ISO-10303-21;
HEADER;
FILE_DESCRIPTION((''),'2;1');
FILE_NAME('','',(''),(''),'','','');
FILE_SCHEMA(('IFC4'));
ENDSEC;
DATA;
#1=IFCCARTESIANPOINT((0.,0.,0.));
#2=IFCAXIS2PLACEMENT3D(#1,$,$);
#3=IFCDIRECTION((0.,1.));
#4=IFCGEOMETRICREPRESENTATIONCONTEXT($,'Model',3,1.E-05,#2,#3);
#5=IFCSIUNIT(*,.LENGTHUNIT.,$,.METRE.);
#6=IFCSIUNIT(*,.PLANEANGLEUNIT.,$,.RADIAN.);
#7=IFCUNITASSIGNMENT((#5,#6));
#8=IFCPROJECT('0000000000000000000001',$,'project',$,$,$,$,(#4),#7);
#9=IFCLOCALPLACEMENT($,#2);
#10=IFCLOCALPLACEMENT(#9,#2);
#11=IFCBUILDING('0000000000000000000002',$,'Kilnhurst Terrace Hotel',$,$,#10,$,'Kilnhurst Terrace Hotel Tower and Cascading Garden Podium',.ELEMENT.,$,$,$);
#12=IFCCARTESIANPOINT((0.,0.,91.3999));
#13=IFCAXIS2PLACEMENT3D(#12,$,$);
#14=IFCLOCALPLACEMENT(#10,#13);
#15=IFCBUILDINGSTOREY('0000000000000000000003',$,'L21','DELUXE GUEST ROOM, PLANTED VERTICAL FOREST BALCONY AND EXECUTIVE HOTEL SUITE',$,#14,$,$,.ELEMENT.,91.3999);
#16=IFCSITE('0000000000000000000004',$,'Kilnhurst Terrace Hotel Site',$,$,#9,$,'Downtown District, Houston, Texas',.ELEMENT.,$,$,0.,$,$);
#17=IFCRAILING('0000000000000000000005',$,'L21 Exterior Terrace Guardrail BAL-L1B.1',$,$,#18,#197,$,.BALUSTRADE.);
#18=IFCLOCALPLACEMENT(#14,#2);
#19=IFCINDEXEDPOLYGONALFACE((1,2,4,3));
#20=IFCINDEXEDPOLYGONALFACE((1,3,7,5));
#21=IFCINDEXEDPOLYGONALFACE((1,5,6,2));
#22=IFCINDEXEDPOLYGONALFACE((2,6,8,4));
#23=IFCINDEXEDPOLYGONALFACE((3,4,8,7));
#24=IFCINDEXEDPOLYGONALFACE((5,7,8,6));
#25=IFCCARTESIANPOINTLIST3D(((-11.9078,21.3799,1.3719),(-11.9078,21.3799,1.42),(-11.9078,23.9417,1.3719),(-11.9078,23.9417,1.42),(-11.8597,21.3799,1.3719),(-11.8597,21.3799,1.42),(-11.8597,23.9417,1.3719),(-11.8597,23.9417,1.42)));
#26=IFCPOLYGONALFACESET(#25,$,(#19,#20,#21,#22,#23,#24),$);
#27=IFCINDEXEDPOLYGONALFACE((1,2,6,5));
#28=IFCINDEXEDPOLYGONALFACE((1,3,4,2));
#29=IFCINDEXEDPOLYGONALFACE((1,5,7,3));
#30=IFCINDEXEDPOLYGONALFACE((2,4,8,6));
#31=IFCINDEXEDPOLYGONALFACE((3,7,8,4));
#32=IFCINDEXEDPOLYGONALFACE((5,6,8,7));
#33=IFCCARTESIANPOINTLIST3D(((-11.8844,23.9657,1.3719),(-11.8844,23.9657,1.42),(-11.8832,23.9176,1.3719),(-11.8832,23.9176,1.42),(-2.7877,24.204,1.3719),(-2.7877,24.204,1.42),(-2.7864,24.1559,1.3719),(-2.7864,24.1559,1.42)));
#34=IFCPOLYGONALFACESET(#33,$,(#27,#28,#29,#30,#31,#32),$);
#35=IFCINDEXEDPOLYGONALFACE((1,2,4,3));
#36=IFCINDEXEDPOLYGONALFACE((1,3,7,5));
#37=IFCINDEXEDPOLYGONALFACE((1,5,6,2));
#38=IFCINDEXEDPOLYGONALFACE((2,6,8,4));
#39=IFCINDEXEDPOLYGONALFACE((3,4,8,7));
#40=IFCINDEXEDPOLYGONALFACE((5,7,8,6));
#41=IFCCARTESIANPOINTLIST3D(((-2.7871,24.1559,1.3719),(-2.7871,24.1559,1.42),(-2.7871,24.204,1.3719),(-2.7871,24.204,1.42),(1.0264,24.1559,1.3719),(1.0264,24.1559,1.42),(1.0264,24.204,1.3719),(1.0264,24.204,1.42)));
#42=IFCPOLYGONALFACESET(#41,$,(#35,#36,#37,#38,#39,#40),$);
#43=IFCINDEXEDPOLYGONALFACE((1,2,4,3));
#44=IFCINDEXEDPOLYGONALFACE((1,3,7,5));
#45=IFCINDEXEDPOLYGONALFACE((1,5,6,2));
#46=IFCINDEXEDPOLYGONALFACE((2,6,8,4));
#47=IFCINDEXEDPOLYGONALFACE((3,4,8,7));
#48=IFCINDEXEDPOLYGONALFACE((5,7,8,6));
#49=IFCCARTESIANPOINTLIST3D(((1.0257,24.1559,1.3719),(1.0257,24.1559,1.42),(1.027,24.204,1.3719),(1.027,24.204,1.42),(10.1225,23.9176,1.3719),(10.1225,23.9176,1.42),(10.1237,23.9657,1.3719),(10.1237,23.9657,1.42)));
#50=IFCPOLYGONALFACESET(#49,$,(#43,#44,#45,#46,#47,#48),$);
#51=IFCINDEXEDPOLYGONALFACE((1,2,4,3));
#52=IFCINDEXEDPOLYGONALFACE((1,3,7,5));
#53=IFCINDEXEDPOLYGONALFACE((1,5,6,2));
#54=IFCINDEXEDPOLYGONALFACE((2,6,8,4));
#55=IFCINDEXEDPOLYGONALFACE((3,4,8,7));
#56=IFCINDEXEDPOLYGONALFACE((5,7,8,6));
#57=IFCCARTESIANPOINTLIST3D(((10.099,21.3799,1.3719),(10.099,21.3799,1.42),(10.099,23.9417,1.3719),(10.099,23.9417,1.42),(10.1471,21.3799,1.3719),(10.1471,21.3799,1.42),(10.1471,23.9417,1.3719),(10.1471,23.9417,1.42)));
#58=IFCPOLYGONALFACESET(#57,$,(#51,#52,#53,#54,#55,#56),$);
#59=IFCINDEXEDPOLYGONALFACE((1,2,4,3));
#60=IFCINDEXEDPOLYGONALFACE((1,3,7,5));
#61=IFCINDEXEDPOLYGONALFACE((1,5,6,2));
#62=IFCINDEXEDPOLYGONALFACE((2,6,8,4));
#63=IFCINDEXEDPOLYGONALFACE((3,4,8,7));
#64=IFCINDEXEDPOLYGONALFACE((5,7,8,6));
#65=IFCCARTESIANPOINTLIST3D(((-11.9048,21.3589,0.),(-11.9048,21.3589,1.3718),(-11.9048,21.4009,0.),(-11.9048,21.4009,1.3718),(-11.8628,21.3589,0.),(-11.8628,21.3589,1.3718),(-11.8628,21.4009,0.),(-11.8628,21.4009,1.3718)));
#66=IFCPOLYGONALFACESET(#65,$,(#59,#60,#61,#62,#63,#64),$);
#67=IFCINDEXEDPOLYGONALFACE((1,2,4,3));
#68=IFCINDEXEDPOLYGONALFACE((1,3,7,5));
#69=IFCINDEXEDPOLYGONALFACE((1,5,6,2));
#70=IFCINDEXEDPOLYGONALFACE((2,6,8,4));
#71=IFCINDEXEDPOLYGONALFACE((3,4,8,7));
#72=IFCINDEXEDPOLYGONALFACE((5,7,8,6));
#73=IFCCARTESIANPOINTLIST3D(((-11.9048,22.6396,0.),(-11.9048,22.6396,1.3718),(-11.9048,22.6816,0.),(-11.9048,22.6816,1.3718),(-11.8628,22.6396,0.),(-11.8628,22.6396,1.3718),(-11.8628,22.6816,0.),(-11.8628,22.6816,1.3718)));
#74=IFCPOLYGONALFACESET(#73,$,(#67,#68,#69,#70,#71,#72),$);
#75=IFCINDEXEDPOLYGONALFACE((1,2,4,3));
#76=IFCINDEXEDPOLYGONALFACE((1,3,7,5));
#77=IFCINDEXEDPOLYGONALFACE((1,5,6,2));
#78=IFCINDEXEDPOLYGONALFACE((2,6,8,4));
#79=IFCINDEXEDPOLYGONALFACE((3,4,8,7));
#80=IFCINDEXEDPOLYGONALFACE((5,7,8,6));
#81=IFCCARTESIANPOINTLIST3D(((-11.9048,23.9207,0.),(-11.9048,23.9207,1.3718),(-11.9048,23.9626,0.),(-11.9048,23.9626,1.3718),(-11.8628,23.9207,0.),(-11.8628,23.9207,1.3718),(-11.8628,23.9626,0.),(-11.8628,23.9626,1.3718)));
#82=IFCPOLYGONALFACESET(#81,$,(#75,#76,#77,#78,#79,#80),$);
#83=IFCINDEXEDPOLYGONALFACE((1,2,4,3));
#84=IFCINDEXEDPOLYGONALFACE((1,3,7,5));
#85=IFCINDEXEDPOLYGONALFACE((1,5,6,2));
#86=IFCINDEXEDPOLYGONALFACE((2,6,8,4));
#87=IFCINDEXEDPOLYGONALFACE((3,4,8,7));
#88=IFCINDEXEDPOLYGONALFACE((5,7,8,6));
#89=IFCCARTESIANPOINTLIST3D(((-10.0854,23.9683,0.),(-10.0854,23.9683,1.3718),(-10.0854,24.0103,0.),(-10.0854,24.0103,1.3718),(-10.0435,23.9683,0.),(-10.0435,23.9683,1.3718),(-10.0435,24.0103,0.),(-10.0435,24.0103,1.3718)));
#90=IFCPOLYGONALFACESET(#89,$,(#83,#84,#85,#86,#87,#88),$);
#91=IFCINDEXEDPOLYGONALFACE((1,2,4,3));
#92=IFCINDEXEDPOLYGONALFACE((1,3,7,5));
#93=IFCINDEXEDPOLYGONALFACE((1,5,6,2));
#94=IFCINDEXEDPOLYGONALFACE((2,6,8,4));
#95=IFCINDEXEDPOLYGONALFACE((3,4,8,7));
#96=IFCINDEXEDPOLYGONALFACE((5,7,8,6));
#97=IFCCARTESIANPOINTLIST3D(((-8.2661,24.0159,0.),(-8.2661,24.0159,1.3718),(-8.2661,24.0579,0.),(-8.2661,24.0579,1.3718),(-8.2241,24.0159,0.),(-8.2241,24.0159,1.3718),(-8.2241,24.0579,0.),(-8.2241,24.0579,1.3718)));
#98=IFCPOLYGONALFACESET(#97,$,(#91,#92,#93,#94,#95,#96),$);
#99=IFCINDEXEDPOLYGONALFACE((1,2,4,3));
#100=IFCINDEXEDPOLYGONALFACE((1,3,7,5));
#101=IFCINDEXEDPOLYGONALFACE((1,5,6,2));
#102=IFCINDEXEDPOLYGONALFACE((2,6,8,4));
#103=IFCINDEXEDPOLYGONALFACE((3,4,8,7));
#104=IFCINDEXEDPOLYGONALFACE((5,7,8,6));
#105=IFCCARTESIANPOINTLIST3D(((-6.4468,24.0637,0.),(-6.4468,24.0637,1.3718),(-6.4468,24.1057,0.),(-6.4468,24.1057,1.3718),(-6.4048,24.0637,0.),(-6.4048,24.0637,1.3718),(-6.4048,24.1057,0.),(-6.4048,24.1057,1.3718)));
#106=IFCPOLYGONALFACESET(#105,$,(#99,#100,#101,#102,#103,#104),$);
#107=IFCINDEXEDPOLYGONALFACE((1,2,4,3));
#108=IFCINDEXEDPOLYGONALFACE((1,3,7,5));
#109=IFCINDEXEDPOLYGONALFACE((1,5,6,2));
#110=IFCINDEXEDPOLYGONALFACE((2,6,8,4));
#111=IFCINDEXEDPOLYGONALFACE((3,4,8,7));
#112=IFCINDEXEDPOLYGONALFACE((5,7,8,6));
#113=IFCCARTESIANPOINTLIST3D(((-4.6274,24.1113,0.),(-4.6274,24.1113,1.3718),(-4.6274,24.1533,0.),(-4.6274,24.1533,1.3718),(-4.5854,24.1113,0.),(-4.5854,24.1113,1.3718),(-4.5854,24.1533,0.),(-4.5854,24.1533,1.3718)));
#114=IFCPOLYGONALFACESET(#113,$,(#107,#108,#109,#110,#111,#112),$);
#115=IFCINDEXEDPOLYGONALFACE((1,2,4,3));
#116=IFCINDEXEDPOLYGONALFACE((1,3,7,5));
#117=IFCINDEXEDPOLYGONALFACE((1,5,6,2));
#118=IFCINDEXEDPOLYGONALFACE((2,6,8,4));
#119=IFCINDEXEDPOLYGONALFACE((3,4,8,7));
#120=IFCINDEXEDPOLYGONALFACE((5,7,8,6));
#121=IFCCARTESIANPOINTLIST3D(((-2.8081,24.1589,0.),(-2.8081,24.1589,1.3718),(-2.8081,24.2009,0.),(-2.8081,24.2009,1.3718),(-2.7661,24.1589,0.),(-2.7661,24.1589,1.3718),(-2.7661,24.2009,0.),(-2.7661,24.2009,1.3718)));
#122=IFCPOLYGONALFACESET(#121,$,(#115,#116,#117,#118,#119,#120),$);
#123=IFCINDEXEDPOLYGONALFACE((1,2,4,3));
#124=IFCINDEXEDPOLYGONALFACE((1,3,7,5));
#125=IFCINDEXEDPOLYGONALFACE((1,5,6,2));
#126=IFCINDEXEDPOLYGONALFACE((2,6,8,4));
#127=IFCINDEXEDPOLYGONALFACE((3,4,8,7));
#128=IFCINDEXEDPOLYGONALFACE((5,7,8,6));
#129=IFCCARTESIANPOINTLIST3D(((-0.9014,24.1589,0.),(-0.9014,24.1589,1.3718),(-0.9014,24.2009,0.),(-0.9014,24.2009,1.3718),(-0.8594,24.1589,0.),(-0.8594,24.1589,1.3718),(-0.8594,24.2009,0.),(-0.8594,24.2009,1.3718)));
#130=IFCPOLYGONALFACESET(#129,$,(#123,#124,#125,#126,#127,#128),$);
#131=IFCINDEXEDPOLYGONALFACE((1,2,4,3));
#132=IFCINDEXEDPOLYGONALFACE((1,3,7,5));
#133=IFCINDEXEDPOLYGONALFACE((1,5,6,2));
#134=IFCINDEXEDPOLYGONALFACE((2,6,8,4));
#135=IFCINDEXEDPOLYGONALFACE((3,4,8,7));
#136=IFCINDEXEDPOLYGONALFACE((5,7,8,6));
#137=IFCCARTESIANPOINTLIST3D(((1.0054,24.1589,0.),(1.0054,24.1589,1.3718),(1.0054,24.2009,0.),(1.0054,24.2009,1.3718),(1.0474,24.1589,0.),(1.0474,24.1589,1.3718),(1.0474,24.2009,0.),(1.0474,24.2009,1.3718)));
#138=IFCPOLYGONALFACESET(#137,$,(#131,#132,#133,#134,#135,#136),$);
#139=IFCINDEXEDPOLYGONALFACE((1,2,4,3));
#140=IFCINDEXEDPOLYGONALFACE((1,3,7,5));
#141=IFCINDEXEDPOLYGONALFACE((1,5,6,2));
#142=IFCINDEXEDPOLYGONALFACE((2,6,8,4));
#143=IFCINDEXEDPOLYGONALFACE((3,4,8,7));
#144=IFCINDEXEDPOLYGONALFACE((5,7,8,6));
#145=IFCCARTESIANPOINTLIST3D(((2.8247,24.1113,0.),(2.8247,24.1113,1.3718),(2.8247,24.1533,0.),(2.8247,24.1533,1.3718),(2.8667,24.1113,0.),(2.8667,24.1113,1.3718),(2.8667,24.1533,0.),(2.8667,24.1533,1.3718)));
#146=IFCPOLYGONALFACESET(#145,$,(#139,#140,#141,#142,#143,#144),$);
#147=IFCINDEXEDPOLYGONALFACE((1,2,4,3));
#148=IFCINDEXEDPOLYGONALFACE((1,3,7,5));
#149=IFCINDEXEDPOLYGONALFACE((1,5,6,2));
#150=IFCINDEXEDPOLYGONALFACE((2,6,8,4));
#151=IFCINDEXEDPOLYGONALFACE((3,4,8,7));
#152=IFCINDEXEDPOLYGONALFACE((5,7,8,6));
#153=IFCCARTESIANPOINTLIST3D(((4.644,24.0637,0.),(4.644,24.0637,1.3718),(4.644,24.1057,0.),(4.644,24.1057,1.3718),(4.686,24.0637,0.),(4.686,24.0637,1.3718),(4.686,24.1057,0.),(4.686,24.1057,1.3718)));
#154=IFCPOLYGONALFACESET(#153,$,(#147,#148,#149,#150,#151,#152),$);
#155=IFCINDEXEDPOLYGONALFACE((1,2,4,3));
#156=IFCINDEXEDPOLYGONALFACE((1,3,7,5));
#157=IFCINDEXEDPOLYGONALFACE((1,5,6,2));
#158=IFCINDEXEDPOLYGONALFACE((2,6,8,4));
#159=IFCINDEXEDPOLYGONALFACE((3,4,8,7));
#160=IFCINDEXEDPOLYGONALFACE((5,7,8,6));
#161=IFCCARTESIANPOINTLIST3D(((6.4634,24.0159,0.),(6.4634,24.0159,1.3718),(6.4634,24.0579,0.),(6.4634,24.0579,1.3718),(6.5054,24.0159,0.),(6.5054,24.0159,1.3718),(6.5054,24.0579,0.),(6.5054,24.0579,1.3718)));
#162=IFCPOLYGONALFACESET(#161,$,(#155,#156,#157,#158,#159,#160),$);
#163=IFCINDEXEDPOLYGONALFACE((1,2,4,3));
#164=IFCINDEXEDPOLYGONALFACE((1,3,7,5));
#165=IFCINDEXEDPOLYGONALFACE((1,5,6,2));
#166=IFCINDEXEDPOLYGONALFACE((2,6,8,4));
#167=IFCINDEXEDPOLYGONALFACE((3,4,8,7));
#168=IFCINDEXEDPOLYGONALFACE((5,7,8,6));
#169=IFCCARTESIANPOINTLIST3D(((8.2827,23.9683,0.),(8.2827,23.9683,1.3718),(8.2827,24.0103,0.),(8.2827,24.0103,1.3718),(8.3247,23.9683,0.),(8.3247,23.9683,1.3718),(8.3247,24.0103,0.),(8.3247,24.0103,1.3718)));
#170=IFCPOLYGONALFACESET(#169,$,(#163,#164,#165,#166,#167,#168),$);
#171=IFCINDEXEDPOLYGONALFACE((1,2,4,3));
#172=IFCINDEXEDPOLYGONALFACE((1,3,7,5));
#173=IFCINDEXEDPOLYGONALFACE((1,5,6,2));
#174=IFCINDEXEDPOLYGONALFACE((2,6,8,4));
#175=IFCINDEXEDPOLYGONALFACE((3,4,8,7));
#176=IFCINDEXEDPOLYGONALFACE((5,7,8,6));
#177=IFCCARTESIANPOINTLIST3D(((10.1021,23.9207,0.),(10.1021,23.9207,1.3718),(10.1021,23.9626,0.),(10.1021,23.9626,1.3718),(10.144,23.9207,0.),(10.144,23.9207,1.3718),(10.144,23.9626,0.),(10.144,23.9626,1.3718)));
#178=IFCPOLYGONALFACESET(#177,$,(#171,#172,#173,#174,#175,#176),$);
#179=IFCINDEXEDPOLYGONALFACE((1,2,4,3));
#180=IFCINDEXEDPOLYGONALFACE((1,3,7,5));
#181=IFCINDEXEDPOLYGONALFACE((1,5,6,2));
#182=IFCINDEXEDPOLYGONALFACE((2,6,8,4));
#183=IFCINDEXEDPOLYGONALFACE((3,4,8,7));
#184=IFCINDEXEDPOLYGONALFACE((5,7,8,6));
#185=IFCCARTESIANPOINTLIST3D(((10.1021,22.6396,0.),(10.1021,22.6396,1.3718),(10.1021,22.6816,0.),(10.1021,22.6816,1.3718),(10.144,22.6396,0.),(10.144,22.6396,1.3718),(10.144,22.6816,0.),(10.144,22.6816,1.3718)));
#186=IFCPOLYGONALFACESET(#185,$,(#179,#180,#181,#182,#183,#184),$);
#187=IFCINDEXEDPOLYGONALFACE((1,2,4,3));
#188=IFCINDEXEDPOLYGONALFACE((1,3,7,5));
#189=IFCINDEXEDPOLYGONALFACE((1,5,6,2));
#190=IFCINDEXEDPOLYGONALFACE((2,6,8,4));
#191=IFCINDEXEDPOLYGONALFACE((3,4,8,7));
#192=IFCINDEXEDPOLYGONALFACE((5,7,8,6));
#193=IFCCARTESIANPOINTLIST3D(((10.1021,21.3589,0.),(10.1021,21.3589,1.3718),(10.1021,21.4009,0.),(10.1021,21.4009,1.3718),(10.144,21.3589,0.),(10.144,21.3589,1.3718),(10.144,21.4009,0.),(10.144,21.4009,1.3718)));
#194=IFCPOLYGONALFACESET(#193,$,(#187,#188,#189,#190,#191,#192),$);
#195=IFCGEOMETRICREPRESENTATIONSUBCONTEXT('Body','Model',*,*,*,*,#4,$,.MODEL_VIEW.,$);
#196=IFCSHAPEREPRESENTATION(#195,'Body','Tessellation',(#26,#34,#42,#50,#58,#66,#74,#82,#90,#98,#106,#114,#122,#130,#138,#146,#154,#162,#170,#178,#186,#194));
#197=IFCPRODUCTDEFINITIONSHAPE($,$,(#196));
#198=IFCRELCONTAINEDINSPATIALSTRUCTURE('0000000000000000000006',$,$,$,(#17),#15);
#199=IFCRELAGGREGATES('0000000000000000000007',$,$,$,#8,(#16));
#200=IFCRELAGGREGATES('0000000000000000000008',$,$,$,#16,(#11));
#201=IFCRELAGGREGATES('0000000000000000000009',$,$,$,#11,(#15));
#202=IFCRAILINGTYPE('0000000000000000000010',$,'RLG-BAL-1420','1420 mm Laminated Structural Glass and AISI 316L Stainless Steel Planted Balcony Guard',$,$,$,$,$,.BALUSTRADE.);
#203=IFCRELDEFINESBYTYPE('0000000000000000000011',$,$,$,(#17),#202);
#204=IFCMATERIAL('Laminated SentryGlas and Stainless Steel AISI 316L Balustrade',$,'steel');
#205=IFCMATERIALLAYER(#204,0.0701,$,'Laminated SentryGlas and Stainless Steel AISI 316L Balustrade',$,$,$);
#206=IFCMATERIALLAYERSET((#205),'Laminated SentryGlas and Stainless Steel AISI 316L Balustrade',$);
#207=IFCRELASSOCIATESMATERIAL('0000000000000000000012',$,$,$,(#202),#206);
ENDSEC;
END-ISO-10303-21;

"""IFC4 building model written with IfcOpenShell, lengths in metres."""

from ifc_helpers import new_model, si_unit, direction, frame, origin, origin_2d, place, context, subcontext, project, spatial, rectangle, extrude, material, layer, layer_set, type_object, element, save


model = new_model("IFC4")

# Units and contexts
model_context = context("Model", 3, precision=1e-05, world=origin(), true_north=direction((0.0, 1.0)))
body_context = subcontext(model_context, "Body", "Model", "MODEL_VIEW")
ifc_project = project(units=[si_unit("LENGTHUNIT", "METRE"), si_unit("PLANEANGLEUNIT", "RADIAN")], contexts=[model_context])

# Site, building, storey
site_placement = place(None, origin())
site = spatial("IfcSite", under=ifc_project, at=site_placement, Name="Kilnhurst Terrace Hotel Site", LongName="Downtown District, Houston, Texas", CompositionType="ELEMENT", RefElevation=0.0)
building_placement = place(site_placement, origin())
building = spatial("IfcBuilding", under=site, at=building_placement, Name="Kilnhurst Terrace Hotel", LongName="Kilnhurst Terrace Hotel Tower and Cascading Garden Podium", CompositionType="ELEMENT")
storey_placement = place(building_placement, frame((0.0, 0.0, 91.3999)))
storey = spatial("IfcBuildingStorey", under=building, at=storey_placement, Name="L21", Description="DELUXE GUEST ROOM, PLANTED VERTICAL FOREST BALCONY AND EXECUTIVE HOTEL SUITE", CompositionType="ELEMENT", Elevation=91.3999)

# Railing
ifc_material_1 = material(Name="Laminated SentryGlas and Stainless Steel AISI 316L Balustrade", Category="steel")
ifc_layer_1 = layer(ifc_material_1, 0.0701, Name="Laminated SentryGlas and Stainless Steel AISI 316L Balustrade")
ifc_layer_set_1 = layer_set([ifc_layer_1], Name="Laminated SentryGlas and Stainless Steel AISI 316L Balustrade")
railing_type = type_object("IfcRailingType", Name="RLG-BAL-1420", Description="1420 mm Laminated Structural Glass and AISI 316L Stainless Steel Planted Balcony Guard", PredefinedType="BALUSTRADE", material=ifc_layer_set_1)
railing_placement = place(storey_placement, frame((-11.8838, 21.3799, 0.0)))
element("IfcRailing", 1, at=railing_placement, inside=storey, type_object=railing_type, Name="L21 Exterior Terrace Guardrail BAL-L1B.1", PredefinedType="BALUSTRADE", context=body_context, shape_type="SweptSolid", body=[
    extrude(rectangle(XDim=0.0481, YDim=0.0481, at=origin_2d()), frame((0.0, 0.0, 1.396), z_axis=(0.0, 1.0, 0.0), x_axis=(-1.0, 0.0, 0.0)), (0.0, 0.0, 1.0), 2.5618),
    extrude(rectangle(XDim=0.0481, YDim=0.0481, at=origin_2d()), frame((0.0, 2.5618, 1.396), z_axis=(0.999657, 0.026185, 0.0), x_axis=(-0.026185, 0.999657, 0.0)), (0.0, 0.0, 1.0), 9.0999),
    extrude(rectangle(XDim=0.0481, YDim=0.0481, at=origin_2d()), frame((9.0967, 2.8, 1.396), z_axis=(1.0, 0.0, 0.0), x_axis=(0.0, 1.0, 0.0)), (0.0, 0.0, 1.0), 3.8135),
    extrude(rectangle(XDim=0.0481, YDim=0.0481, at=origin_2d()), frame((12.9102, 2.8, 1.396), z_axis=(0.999657, -0.026185, 0.0), x_axis=(0.026185, 0.999657, 0.0)), (0.0, 0.0, 1.0), 9.0999),
    extrude(rectangle(XDim=0.0481, YDim=0.0481, at=origin_2d()), frame((22.0068, 2.5618, 1.396), z_axis=(0.0, -1.0, 0.0), x_axis=(1.0, 0.0, 0.0)), (0.0, 0.0, 1.0), 2.5618),
    extrude(rectangle(XDim=0.042, YDim=0.042, at=origin_2d()), origin(), (0.0, 0.0, 1.0), 1.3718),
    extrude(rectangle(XDim=0.042, YDim=0.042, at=origin_2d()), frame((0.0, 1.2808, 0.0)), (0.0, 0.0, 1.0), 1.3718),
    extrude(rectangle(XDim=0.042, YDim=0.042, at=origin_2d()), frame((0.0, 2.5618, 0.0)), (0.0, 0.0, 1.0), 1.3718),
    extrude(rectangle(XDim=0.042, YDim=0.042, at=origin_2d()), frame((1.8193, 2.6094, 0.0)), (0.0, 0.0, 1.0), 1.3718),
    extrude(rectangle(XDim=0.042, YDim=0.042, at=origin_2d()), frame((3.6387, 2.657, 0.0)), (0.0, 0.0, 1.0), 1.3718),
    extrude(rectangle(XDim=0.042, YDim=0.042, at=origin_2d()), frame((5.458, 2.7048, 0.0)), (0.0, 0.0, 1.0), 1.3718),
    extrude(rectangle(XDim=0.042, YDim=0.042, at=origin_2d()), frame((7.2773, 2.7524, 0.0)), (0.0, 0.0, 1.0), 1.3718),
    extrude(rectangle(XDim=0.042, YDim=0.042, at=origin_2d()), frame((9.0967, 2.8, 0.0)), (0.0, 0.0, 1.0), 1.3718),
    extrude(rectangle(XDim=0.042, YDim=0.042, at=origin_2d()), frame((11.0034, 2.8, 0.0)), (0.0, 0.0, 1.0), 1.3718),
    extrude(rectangle(XDim=0.042, YDim=0.042, at=origin_2d()), frame((12.9102, 2.8, 0.0)), (0.0, 0.0, 1.0), 1.3718),
    extrude(rectangle(XDim=0.042, YDim=0.042, at=origin_2d()), frame((14.7295, 2.7524, 0.0)), (0.0, 0.0, 1.0), 1.3718),
    extrude(rectangle(XDim=0.042, YDim=0.042, at=origin_2d()), frame((16.5488, 2.7048, 0.0)), (0.0, 0.0, 1.0), 1.3718),
    extrude(rectangle(XDim=0.042, YDim=0.042, at=origin_2d()), frame((18.3682, 2.657, 0.0)), (0.0, 0.0, 1.0), 1.3718),
    extrude(rectangle(XDim=0.042, YDim=0.042, at=origin_2d()), frame((20.1875, 2.6094, 0.0)), (0.0, 0.0, 1.0), 1.3718),
    extrude(rectangle(XDim=0.042, YDim=0.042, at=origin_2d()), frame((22.0068, 2.5618, 0.0)), (0.0, 0.0, 1.0), 1.3718),
    extrude(rectangle(XDim=0.042, YDim=0.042, at=origin_2d()), frame((22.0068, 1.2808, 0.0)), (0.0, 0.0, 1.0), 1.3718),
    extrude(rectangle(XDim=0.042, YDim=0.042, at=origin_2d()), frame((22.0068, 0.0, 0.0)), (0.0, 0.0, 1.0), 1.3718),
])

save(model, "model.ifc")
